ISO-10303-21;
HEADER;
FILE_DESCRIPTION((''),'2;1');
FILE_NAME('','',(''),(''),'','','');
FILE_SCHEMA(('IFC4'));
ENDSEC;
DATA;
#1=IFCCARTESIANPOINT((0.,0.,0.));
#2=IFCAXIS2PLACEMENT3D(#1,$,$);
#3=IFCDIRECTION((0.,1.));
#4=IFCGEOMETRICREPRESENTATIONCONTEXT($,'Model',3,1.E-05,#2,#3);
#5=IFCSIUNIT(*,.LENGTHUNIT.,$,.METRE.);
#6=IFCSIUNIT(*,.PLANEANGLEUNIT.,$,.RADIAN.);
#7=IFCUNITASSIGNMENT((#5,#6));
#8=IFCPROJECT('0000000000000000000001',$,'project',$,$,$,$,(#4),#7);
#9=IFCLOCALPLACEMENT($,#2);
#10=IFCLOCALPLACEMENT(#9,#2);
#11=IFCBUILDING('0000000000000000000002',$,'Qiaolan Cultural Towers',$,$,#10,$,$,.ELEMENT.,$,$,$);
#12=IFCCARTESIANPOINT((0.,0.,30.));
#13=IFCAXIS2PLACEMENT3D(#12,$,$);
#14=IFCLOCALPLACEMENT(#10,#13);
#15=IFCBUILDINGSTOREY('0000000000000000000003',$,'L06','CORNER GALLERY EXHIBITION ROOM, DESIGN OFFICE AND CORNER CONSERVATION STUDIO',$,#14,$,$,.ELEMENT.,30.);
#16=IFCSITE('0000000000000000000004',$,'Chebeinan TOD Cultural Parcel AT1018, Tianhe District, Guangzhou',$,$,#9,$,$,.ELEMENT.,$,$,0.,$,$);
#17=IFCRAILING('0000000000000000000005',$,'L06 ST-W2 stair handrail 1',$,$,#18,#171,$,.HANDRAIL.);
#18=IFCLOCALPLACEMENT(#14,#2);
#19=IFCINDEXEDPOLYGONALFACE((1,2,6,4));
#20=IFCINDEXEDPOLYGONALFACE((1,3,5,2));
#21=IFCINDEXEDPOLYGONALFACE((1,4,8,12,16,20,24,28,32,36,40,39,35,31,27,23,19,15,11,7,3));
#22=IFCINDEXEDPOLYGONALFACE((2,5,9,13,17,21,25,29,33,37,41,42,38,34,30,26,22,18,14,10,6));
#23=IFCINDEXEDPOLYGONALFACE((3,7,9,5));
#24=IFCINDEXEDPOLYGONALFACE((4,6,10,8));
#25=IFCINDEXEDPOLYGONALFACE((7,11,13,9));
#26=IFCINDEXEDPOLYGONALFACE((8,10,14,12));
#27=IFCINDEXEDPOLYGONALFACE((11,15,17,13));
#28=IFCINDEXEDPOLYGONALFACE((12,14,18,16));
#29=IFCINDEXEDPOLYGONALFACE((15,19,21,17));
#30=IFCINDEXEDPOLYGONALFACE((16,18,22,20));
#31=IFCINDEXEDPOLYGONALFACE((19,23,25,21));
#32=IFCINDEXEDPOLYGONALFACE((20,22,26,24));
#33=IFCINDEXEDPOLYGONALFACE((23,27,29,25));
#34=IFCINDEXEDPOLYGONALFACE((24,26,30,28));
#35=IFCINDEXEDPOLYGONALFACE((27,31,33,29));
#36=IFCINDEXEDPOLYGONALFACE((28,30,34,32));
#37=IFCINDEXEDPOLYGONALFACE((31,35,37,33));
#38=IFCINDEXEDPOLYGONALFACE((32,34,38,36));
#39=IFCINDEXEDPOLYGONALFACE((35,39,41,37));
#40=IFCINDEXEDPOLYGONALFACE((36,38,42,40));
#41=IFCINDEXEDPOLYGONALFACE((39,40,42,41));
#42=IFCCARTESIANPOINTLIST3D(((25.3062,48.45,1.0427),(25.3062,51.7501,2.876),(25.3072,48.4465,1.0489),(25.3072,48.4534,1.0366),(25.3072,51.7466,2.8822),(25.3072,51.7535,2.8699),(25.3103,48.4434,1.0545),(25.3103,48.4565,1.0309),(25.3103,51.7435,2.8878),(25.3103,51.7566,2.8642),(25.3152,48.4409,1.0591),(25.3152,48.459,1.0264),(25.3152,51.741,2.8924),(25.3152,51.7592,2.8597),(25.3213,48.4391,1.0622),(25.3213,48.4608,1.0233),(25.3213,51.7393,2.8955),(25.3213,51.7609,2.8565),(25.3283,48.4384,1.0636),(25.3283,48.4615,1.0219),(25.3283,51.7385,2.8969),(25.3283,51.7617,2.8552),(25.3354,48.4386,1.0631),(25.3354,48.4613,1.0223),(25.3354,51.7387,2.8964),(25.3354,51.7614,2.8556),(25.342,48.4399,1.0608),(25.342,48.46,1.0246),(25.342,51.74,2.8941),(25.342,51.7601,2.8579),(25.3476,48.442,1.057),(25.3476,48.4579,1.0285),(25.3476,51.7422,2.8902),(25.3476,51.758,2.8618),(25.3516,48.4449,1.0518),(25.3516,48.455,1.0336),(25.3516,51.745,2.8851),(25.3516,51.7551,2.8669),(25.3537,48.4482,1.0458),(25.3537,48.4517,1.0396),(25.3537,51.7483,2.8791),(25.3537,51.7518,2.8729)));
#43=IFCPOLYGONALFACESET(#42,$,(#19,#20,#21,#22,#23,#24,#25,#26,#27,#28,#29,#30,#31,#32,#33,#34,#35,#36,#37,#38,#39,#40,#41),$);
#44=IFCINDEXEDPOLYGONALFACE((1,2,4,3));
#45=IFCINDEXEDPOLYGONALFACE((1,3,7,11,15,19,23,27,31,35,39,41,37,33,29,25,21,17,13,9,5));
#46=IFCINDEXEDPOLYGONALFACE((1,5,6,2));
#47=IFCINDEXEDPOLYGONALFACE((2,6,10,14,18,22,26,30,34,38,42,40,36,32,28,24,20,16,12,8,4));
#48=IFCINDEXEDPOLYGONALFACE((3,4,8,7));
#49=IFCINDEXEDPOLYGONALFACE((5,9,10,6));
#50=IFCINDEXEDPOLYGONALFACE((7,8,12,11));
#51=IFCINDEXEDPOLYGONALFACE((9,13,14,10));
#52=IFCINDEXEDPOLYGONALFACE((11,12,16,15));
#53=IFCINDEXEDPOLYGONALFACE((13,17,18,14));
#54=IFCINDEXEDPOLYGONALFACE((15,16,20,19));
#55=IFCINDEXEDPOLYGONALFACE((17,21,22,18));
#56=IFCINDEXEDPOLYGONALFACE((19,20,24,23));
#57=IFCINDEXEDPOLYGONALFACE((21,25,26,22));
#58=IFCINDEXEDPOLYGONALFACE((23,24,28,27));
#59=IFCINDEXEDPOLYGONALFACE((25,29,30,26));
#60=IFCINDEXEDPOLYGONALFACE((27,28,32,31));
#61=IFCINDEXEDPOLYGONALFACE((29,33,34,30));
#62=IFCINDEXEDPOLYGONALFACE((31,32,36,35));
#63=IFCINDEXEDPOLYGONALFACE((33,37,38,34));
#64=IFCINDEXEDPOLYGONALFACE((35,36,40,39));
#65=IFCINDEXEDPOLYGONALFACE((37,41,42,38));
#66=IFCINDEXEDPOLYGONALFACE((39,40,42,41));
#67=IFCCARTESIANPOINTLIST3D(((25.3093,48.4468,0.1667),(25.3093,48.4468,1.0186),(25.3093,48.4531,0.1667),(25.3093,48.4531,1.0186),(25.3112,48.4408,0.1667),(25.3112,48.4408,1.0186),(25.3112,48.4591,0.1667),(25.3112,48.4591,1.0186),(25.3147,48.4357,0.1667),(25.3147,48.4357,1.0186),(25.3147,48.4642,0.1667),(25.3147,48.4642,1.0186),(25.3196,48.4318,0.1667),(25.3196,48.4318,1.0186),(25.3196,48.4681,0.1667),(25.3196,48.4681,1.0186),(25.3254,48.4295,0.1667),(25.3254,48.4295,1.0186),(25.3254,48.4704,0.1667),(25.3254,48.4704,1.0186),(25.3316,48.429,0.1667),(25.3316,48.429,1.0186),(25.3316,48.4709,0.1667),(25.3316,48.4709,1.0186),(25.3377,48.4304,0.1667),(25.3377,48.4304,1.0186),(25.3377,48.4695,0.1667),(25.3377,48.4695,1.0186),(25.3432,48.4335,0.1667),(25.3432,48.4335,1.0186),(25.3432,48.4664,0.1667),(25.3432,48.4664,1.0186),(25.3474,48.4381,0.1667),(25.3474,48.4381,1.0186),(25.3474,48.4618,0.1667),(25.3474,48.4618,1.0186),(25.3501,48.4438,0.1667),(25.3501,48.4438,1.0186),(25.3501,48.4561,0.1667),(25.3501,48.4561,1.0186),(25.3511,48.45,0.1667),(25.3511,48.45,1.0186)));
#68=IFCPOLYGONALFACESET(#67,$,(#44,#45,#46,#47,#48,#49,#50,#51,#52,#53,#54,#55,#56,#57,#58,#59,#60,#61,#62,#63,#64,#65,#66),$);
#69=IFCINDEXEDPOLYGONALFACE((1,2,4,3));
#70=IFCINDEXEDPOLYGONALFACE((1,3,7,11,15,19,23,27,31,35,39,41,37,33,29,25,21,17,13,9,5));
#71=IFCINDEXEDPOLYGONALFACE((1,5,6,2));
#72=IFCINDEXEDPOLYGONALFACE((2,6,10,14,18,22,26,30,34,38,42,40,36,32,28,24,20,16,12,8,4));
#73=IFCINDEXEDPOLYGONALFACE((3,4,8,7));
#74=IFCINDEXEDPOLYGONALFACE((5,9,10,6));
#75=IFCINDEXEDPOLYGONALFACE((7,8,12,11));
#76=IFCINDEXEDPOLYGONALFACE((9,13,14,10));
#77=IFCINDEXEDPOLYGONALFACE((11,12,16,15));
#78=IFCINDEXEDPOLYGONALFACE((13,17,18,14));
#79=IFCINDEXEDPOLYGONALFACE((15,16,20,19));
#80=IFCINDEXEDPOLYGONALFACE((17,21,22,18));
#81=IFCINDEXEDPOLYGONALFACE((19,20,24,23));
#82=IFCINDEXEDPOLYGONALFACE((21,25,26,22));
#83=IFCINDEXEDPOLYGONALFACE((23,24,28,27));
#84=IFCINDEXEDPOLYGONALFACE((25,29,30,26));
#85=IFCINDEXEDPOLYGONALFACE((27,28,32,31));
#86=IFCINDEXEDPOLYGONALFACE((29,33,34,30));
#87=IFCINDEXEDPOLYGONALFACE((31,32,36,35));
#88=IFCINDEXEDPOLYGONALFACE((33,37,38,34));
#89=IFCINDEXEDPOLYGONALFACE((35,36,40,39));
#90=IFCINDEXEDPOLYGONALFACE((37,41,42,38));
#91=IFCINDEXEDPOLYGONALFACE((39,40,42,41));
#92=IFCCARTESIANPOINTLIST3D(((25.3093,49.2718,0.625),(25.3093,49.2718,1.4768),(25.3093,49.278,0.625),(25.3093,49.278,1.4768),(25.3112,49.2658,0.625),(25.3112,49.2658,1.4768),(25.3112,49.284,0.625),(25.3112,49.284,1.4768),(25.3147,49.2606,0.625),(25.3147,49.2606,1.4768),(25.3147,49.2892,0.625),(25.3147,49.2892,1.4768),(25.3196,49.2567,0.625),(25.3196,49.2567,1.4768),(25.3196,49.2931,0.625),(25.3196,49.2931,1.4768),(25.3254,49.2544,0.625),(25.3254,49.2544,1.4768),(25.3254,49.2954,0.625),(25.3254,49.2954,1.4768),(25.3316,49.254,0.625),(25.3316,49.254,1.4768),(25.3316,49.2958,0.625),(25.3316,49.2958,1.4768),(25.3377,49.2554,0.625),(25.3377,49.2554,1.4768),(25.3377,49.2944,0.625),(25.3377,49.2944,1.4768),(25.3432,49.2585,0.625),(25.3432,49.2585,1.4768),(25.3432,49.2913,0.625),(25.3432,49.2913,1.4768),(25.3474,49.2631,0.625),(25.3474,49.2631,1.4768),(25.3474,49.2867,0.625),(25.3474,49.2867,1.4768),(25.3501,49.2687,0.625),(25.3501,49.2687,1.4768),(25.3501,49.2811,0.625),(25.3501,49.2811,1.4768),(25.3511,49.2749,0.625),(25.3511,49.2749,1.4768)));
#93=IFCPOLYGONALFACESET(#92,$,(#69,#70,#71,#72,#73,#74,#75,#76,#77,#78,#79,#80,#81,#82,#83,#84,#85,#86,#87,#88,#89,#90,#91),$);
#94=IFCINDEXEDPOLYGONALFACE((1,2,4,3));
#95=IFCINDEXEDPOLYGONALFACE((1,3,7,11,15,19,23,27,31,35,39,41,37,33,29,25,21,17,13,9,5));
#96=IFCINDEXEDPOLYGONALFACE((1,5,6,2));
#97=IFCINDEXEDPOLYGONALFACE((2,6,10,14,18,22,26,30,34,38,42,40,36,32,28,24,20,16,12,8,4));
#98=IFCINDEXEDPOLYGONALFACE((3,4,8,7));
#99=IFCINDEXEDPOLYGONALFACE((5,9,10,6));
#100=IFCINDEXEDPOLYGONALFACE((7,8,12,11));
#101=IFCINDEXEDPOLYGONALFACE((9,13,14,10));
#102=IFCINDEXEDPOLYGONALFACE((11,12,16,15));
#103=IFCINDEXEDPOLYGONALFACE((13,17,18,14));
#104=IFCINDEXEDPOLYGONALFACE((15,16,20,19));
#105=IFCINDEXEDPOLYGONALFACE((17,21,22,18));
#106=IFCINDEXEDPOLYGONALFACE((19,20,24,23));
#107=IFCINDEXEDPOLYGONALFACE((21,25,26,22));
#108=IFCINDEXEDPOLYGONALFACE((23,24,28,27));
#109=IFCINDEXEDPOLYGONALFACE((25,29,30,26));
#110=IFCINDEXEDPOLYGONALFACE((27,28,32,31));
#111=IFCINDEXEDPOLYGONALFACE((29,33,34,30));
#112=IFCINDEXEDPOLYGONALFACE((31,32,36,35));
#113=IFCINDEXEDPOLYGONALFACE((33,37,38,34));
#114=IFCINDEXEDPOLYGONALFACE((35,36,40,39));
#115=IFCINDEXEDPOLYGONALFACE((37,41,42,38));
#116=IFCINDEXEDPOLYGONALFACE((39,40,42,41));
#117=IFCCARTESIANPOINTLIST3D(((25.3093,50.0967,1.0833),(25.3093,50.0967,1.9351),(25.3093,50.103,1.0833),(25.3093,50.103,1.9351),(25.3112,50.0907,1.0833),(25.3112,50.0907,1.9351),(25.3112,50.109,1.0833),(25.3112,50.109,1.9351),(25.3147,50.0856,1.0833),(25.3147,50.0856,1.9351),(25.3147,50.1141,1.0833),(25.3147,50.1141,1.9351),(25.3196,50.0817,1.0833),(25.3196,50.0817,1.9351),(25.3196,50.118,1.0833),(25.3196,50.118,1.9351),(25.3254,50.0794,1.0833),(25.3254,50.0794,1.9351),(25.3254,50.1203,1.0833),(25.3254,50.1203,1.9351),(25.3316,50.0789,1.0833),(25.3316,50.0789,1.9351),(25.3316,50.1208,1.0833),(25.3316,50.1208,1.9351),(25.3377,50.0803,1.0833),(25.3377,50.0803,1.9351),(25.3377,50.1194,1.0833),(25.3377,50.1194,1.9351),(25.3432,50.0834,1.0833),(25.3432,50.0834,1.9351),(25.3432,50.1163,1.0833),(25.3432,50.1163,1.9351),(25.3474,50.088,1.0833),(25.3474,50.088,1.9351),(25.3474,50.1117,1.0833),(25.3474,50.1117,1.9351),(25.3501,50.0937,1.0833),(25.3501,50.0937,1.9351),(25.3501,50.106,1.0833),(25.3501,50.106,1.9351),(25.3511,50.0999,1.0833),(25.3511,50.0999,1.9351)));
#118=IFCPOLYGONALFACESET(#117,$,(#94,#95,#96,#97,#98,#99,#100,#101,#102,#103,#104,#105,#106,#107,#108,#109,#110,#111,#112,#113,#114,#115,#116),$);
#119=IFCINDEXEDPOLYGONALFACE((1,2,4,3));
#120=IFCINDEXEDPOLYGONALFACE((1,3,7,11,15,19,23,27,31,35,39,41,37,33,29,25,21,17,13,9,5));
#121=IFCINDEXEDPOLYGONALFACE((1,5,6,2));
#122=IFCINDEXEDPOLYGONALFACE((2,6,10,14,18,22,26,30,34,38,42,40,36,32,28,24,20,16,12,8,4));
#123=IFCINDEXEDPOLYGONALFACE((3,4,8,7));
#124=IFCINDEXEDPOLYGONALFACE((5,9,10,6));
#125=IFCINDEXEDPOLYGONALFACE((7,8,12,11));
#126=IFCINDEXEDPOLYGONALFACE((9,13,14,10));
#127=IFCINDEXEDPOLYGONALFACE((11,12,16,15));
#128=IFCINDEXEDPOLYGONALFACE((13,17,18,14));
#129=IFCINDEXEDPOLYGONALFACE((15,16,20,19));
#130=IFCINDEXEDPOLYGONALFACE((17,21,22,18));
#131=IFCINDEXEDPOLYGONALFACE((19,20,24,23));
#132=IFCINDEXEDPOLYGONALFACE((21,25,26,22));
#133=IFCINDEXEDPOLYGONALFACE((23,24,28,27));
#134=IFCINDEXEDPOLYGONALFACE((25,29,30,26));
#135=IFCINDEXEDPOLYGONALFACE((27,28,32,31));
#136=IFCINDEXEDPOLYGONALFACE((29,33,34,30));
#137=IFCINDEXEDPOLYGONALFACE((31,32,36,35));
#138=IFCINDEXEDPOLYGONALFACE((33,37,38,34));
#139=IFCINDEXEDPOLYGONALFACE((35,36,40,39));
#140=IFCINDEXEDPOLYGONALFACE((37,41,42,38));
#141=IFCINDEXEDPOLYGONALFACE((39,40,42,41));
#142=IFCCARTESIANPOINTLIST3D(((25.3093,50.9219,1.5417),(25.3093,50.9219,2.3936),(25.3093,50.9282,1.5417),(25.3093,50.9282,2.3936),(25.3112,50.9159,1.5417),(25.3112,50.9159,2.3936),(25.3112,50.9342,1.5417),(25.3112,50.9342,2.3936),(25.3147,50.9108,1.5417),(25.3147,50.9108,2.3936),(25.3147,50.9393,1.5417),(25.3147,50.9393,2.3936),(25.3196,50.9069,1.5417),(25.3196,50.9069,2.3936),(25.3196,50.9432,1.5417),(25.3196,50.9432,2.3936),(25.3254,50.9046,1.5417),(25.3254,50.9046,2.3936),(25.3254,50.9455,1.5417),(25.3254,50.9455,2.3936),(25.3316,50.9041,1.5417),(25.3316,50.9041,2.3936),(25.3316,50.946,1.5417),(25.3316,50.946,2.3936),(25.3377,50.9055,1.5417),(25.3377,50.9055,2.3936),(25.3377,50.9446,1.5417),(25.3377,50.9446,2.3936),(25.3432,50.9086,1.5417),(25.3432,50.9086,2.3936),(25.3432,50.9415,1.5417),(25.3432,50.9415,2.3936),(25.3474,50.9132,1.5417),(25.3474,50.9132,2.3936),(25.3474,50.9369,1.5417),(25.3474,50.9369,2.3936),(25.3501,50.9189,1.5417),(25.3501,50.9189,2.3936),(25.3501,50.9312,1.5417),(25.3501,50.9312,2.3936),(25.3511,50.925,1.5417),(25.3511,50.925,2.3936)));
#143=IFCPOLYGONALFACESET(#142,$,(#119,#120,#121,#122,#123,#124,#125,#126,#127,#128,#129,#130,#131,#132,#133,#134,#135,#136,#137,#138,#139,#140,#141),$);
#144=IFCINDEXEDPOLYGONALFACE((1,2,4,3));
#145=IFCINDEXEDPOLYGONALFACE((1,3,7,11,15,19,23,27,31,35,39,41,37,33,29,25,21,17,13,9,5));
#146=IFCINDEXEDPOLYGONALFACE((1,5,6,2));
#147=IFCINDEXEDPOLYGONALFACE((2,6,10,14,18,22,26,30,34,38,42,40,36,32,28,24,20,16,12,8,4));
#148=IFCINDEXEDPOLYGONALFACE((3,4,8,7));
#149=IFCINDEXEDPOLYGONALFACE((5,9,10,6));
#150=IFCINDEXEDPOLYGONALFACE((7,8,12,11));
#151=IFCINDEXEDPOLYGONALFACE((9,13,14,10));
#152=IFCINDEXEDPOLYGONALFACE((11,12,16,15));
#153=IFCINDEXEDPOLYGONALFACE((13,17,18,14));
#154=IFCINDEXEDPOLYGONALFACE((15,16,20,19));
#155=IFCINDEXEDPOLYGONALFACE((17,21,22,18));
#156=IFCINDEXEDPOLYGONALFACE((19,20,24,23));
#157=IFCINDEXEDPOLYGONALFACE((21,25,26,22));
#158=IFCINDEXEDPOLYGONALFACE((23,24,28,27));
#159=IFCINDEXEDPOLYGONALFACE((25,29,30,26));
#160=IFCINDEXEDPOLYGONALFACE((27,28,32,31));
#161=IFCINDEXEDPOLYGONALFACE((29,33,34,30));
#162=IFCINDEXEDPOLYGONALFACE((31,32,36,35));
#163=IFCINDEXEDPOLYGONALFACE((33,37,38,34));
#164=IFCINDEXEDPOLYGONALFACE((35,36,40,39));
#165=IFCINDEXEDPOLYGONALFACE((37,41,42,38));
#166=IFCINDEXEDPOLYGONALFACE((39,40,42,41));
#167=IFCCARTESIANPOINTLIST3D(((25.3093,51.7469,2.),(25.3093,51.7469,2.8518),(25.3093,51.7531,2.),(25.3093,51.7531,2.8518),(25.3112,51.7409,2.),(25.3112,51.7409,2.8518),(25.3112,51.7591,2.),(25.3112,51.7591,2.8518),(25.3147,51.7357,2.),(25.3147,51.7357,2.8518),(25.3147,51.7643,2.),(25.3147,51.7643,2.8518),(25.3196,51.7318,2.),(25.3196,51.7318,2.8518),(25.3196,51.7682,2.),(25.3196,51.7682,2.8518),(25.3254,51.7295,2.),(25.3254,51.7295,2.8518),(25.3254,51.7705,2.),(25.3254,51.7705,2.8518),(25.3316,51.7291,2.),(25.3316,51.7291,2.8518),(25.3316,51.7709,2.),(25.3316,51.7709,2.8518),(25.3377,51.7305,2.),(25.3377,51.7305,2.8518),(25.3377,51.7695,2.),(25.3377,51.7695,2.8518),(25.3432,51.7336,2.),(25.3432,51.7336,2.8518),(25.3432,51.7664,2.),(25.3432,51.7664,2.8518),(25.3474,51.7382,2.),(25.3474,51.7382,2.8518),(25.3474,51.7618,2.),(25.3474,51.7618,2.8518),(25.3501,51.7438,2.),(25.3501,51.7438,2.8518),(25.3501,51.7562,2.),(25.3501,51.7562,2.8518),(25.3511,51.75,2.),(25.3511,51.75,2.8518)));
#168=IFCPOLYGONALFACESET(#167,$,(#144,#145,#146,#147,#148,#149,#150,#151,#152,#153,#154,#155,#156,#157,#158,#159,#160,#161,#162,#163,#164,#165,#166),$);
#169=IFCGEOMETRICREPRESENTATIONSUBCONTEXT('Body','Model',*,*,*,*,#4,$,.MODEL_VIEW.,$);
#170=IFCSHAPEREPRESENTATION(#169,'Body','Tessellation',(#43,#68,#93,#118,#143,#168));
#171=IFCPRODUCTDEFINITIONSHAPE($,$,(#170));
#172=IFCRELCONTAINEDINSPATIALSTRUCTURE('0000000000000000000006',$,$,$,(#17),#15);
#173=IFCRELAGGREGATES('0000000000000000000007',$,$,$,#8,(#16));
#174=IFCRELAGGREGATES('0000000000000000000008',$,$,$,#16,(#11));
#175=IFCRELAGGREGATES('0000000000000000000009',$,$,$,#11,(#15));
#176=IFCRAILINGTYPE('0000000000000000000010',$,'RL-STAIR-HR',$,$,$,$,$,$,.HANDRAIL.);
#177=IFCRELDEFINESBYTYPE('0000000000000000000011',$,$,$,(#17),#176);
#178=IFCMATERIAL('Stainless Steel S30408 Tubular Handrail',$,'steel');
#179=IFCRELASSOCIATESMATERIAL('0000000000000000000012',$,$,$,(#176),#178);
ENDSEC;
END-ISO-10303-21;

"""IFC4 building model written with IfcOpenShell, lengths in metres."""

from ifc_helpers import new_model, si_unit, direction, frame, origin, origin_2d, place, context, subcontext, project, spatial, circle, extrude, material, type_object, element, save


model = new_model("IFC4")

# Units and contexts
model_context = context("Model", 3, precision=1e-05, world=origin(), true_north=direction((0.0, 1.0)))
body_context = subcontext(model_context, "Body", "Model", "MODEL_VIEW")
ifc_project = project(units=[si_unit("LENGTHUNIT", "METRE"), si_unit("PLANEANGLEUNIT", "RADIAN")], contexts=[model_context])

# Site, building, storey
site_placement = place(None, origin())
site = spatial("IfcSite", under=ifc_project, at=site_placement, Name="Chebeinan TOD Cultural Parcel AT1018, Tianhe District, Guangzhou", CompositionType="ELEMENT", RefElevation=0.0)
building_placement = place(site_placement, origin())
building = spatial("IfcBuilding", under=site, at=building_placement, Name="Qiaolan Cultural Towers", CompositionType="ELEMENT")
storey_placement = place(building_placement, frame((0.0, 0.0, 30.0)))
storey = spatial("IfcBuildingStorey", under=building, at=storey_placement, Name="L06", Description="CORNER GALLERY EXHIBITION ROOM, DESIGN OFFICE AND CORNER CONSERVATION STUDIO", CompositionType="ELEMENT", Elevation=30.0)

# Railing
ifc_material_1 = material(Name="Stainless Steel S30408 Tubular Handrail", Category="steel")
railing_type_1 = type_object("IfcRailingType", Name="RL-STAIR-HR", PredefinedType="HANDRAIL", material=ifc_material_1)
railing_1_placement = place(storey_placement, frame((25.3301, 48.45, 0.1667)))
element("IfcRailing", 1, at=railing_1_placement, inside=storey, type_object=railing_type_1, Name="L06 ST-W2 stair handrail 1", PredefinedType="HANDRAIL", context=body_context, shape_type="SweptSolid", body=[
    extrude(circle(Radius=0.0239, at=origin_2d()), frame((0.0, 0.0, 0.876), z_axis=(0.0, 0.874169, 0.485621), x_axis=(-1.0, 0.0, 0.0)), (0.0, 0.0, 1.0), 3.7751),
    extrude(circle(Radius=0.021, at=origin_2d()), origin(), (0.0, 0.0, 1.0), 0.8518),
    extrude(circle(Radius=0.021, at=origin_2d()), frame((0.0, 0.825, 0.4583)), (0.0, 0.0, 1.0), 0.8518),
    extrude(circle(Radius=0.021, at=origin_2d()), frame((0.0, 1.6499, 0.9165)), (0.0, 0.0, 1.0), 0.8518),
    extrude(circle(Radius=0.021, at=origin_2d()), frame((0.0, 2.4751, 1.375)), (0.0, 0.0, 1.0), 0.8518),
    extrude(circle(Radius=0.021, at=origin_2d()), frame((0.0, 3.3, 1.8333)), (0.0, 0.0, 1.0), 0.8518),
])

save(model, "model.ifc")
